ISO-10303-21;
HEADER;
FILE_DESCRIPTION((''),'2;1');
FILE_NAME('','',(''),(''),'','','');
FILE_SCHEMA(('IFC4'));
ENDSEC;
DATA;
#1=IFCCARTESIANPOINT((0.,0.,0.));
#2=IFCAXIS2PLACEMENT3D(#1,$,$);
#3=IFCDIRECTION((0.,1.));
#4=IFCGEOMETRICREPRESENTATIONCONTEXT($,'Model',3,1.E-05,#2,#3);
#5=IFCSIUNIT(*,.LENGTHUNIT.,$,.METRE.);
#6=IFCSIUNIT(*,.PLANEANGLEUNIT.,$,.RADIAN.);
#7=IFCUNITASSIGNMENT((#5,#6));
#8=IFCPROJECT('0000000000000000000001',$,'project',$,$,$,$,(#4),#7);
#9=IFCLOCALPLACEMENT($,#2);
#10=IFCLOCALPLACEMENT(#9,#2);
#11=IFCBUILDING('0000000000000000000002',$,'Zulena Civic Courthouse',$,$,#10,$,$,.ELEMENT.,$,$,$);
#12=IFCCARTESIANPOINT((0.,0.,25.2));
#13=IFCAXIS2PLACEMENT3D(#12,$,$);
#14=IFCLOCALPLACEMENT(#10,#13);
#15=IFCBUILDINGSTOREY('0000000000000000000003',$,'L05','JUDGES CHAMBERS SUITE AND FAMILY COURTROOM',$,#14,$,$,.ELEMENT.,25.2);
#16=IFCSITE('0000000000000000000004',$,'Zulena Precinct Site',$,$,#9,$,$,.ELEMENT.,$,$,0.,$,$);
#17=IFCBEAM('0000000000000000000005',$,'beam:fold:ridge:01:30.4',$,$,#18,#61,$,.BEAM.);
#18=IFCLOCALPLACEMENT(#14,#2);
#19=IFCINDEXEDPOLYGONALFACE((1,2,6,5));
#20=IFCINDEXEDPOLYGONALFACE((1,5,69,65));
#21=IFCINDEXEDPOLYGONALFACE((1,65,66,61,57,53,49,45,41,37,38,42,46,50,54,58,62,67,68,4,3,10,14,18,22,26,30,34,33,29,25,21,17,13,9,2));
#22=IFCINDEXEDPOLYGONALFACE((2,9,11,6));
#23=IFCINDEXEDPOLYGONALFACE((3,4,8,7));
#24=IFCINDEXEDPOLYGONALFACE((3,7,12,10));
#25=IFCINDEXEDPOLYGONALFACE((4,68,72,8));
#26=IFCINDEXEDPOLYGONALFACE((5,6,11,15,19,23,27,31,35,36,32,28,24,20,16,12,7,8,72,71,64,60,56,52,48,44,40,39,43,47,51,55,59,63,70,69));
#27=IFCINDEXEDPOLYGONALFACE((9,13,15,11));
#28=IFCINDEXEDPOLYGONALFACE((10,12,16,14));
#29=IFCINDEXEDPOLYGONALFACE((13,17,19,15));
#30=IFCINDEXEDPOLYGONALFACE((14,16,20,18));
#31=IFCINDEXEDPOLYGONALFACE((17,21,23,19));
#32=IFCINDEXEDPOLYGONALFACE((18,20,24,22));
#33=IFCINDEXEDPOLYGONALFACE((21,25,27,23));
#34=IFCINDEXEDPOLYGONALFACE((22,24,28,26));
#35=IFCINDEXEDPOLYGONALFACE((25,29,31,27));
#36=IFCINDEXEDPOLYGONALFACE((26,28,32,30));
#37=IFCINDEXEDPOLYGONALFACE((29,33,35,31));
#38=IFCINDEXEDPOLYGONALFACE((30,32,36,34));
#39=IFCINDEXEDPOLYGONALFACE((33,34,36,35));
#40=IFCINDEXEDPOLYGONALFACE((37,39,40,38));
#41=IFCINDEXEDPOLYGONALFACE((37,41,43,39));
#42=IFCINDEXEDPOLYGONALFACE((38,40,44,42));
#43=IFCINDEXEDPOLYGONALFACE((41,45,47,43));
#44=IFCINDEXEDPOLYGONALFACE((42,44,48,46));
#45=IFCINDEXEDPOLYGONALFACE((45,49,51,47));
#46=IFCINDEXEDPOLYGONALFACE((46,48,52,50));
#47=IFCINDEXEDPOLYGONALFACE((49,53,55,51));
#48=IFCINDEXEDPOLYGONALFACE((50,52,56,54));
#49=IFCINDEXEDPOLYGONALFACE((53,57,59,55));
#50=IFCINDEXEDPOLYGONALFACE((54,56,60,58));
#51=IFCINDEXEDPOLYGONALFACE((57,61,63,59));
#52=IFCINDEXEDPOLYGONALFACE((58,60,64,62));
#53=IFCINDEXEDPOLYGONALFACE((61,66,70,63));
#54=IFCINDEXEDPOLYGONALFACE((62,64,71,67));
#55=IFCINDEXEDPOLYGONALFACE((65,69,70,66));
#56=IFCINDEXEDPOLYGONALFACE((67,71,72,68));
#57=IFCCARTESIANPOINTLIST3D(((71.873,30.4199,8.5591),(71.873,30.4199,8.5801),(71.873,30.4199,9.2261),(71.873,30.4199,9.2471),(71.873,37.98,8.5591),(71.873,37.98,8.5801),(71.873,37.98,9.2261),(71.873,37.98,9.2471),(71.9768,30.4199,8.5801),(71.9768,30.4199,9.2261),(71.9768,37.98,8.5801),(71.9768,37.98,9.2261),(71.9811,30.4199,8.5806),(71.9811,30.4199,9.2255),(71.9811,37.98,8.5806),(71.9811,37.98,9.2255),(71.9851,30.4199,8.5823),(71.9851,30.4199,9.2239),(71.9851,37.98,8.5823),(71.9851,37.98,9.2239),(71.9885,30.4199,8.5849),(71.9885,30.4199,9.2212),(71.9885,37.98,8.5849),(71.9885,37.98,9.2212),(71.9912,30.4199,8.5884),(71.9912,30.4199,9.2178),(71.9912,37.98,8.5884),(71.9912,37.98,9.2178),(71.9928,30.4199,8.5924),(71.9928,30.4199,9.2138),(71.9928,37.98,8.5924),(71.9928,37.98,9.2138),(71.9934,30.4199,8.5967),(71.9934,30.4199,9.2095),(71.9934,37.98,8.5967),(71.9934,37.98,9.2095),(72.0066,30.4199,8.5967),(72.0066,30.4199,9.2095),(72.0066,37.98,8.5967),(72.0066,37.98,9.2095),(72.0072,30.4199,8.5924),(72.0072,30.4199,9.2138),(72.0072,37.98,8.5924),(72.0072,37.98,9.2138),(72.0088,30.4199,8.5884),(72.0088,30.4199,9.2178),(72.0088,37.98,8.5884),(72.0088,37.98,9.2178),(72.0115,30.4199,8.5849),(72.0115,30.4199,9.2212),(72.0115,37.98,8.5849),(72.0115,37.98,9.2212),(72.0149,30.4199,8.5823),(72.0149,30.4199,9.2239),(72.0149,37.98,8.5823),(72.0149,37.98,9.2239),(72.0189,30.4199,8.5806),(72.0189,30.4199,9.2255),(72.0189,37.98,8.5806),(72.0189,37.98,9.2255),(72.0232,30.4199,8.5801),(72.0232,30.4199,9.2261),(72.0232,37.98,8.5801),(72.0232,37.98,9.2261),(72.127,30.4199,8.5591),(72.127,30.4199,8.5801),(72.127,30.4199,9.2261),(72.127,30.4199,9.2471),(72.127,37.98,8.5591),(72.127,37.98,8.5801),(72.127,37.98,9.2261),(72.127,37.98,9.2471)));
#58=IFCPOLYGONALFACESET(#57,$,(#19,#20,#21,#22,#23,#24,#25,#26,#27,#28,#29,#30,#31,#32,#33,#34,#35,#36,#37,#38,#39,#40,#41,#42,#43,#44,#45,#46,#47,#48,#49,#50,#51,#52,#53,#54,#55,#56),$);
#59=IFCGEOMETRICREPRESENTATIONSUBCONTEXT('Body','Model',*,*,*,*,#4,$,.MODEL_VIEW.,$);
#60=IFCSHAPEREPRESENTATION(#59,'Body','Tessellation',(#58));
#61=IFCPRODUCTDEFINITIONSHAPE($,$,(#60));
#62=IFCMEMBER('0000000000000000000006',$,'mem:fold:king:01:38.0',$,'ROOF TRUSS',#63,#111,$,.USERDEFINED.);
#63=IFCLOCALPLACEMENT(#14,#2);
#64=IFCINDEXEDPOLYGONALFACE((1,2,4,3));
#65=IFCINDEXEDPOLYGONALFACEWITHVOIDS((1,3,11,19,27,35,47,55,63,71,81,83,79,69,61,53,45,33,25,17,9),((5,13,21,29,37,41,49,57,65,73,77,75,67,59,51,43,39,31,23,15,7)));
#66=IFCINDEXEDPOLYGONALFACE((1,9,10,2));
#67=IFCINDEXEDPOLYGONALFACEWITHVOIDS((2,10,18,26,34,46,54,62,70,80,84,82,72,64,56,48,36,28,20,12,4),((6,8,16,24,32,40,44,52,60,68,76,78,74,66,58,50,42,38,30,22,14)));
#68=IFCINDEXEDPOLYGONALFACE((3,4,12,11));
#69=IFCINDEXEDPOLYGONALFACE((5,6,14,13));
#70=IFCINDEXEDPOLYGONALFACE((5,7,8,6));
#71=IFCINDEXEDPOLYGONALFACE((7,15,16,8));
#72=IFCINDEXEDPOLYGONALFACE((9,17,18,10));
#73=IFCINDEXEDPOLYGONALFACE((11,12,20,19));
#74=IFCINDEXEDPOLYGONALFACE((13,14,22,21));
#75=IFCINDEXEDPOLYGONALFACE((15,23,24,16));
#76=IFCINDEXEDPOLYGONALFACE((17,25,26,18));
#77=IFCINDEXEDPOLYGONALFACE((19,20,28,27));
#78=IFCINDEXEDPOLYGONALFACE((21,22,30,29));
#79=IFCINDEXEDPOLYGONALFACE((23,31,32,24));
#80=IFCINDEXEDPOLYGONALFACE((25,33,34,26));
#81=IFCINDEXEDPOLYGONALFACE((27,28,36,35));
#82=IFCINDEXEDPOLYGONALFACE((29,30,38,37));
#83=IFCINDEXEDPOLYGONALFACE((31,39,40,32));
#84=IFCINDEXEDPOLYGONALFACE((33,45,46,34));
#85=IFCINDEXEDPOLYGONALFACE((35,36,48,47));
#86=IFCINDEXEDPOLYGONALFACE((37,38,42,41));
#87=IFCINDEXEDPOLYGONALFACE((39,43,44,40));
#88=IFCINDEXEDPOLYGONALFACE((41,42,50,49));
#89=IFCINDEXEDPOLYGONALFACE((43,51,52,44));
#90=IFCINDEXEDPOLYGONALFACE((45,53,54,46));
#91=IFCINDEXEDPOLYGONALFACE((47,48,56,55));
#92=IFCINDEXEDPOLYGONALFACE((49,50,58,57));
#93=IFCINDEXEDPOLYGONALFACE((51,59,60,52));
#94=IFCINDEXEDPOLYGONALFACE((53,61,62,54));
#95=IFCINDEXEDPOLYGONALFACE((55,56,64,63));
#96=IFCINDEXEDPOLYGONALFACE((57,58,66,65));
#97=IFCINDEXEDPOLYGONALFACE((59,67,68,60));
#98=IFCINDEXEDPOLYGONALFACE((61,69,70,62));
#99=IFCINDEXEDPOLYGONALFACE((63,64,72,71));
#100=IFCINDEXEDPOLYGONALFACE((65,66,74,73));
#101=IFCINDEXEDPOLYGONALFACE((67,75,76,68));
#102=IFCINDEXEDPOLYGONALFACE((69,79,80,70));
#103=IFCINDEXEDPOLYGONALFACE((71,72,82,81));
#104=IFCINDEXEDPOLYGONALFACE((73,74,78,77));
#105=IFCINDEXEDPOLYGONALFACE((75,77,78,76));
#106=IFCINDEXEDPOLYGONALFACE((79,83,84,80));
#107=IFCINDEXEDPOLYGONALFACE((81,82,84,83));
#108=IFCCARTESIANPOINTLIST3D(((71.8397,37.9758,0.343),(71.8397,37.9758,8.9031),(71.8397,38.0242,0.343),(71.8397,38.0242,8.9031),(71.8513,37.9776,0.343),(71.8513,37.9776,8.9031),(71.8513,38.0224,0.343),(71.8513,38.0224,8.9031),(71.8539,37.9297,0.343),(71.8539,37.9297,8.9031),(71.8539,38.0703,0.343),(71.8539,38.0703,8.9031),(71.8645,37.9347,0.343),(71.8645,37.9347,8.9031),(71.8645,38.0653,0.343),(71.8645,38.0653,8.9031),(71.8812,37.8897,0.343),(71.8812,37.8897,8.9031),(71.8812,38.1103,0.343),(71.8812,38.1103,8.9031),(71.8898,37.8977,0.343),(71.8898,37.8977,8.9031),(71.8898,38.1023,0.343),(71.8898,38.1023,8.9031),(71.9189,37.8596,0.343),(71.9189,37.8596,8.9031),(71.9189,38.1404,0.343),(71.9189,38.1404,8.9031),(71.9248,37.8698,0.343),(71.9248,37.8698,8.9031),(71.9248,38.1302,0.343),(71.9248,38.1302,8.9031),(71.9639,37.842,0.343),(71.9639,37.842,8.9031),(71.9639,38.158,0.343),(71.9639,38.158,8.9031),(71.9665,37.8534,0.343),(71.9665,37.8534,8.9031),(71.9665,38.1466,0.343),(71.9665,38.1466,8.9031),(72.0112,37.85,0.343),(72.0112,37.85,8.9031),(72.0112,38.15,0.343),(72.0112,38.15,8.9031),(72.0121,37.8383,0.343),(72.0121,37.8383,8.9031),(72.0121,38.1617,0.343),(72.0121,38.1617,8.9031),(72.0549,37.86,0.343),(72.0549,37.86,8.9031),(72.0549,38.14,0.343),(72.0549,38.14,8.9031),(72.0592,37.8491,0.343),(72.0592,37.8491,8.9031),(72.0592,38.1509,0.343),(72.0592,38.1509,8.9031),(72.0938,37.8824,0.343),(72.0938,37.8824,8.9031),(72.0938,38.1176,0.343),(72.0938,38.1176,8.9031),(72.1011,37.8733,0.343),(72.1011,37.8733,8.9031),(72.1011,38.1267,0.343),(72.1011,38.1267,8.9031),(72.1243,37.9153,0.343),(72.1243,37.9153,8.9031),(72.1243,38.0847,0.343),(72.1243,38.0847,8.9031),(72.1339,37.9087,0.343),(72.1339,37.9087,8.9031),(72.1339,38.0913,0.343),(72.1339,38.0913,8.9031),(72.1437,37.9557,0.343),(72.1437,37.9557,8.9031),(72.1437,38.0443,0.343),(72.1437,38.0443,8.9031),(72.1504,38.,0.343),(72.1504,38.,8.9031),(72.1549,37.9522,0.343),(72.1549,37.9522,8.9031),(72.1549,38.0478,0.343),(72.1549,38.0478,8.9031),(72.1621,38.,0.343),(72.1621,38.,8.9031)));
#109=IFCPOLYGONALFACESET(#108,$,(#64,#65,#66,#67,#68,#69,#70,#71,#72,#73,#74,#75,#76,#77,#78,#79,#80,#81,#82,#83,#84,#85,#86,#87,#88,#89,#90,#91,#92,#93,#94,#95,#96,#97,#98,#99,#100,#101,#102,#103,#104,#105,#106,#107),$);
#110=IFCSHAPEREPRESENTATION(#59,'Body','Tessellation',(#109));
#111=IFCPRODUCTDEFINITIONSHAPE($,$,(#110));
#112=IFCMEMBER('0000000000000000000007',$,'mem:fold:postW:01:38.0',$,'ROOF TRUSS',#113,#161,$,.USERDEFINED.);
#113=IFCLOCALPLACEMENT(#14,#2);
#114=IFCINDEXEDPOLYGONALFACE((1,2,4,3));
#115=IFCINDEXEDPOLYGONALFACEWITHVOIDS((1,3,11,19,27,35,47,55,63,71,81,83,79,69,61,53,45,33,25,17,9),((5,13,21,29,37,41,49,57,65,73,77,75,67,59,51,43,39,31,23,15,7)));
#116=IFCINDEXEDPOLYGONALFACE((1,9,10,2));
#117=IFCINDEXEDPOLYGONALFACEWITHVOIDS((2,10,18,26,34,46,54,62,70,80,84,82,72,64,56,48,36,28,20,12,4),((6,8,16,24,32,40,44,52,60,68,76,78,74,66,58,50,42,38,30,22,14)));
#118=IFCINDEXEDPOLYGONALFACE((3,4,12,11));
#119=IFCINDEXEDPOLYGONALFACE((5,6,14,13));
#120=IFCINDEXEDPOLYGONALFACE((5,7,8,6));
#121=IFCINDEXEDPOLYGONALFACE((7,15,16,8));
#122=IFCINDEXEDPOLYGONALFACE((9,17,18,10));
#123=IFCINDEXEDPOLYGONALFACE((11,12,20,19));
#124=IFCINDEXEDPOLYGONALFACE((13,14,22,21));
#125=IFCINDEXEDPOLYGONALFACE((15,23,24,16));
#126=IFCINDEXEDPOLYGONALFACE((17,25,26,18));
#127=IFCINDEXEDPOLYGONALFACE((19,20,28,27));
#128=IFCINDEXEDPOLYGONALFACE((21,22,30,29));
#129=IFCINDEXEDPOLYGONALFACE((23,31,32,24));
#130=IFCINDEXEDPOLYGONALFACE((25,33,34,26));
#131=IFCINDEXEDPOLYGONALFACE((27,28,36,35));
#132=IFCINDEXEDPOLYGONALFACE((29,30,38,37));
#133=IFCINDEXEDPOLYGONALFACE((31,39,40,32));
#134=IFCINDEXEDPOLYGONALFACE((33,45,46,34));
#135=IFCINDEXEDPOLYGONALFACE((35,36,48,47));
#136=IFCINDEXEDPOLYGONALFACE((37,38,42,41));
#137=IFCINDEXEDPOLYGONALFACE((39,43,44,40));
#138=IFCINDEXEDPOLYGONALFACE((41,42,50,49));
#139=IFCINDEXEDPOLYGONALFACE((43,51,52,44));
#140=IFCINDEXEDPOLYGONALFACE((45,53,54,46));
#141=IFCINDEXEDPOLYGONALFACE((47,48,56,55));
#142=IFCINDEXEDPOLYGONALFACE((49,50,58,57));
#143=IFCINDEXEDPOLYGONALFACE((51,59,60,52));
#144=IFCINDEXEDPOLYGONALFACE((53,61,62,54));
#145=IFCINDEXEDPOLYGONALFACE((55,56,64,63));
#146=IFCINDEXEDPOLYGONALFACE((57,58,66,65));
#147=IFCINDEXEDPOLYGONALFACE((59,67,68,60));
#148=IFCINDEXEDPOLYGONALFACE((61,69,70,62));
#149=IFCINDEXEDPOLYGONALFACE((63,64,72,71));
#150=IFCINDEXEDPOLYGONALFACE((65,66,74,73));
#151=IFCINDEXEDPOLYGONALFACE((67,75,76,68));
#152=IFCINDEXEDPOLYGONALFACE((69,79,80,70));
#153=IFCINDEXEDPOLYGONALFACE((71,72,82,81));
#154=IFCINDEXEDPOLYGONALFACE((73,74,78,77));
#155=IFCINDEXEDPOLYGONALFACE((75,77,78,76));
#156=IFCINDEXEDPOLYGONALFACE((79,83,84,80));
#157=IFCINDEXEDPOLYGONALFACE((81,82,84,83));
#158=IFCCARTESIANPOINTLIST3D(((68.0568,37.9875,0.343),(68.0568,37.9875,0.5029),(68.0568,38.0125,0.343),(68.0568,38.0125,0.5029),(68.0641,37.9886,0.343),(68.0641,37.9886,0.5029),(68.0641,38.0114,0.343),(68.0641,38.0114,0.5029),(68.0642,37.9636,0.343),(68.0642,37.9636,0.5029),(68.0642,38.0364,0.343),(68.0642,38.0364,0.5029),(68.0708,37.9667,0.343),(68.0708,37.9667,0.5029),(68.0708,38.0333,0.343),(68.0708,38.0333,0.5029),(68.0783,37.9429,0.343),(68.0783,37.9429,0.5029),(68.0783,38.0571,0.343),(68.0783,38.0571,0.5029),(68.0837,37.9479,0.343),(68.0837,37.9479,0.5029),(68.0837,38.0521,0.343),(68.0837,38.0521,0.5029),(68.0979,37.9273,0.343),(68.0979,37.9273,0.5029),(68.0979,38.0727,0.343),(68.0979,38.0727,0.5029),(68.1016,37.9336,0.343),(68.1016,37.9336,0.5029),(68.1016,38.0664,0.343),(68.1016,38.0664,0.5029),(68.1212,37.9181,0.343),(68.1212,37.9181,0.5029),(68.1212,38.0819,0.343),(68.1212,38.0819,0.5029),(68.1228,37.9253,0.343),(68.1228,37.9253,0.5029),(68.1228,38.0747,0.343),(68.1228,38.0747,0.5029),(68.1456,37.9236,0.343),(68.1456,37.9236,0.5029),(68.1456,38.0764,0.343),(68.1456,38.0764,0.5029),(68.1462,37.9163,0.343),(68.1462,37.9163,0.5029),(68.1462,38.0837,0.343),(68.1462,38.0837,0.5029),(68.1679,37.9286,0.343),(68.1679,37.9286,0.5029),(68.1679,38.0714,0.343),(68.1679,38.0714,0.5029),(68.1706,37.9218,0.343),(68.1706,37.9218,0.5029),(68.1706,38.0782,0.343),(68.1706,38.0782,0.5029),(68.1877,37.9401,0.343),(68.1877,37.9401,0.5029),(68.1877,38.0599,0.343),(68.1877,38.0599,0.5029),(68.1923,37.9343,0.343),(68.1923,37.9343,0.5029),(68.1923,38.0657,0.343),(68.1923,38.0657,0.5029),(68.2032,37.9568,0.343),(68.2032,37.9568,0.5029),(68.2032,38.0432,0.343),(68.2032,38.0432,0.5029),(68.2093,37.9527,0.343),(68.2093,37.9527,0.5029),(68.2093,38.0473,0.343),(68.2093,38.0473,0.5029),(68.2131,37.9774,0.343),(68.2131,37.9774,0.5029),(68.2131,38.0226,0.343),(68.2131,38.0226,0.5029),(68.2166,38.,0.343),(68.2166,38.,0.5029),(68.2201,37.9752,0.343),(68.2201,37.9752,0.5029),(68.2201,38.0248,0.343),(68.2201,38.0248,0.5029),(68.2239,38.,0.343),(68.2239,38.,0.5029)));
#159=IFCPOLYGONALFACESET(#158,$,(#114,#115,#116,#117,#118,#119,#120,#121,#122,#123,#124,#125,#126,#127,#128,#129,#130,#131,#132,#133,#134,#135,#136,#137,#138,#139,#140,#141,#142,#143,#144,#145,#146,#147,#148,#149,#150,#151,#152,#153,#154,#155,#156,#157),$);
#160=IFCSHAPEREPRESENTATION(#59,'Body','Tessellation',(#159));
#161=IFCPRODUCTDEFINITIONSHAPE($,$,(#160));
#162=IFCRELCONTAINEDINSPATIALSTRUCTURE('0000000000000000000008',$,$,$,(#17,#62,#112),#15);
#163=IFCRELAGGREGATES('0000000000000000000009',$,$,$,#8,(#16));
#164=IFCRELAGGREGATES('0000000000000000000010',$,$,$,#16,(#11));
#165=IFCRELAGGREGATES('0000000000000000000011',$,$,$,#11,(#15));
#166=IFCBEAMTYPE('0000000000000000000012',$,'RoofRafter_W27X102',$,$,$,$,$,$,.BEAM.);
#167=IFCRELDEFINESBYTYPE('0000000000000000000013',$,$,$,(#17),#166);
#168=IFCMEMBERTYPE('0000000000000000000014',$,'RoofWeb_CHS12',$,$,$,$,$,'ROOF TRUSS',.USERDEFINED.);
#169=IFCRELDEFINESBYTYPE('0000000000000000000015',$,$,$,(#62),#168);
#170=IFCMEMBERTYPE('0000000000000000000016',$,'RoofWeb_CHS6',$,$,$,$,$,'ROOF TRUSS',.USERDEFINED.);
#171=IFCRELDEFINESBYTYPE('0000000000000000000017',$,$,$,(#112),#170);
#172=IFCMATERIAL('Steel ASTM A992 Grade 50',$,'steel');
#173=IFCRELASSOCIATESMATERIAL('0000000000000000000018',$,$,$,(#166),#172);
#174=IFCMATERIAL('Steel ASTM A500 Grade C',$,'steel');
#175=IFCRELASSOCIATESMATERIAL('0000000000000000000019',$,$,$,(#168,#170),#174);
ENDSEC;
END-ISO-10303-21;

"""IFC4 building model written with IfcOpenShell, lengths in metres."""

from ifc_helpers import new_model, si_unit, direction, frame, origin, origin_2d, place, context, subcontext, project, spatial, hollow_circle, i_section, extrude, material, material_profile, profile_set, type_object, element, save


model = new_model("IFC4")

# Units and contexts
model_context = context("Model", 3, precision=1e-05, world=origin(), true_north=direction((0.0, 1.0)))
body_context = subcontext(model_context, "Body", "Model", "MODEL_VIEW")
ifc_project = project(units=[si_unit("LENGTHUNIT", "METRE"), si_unit("PLANEANGLEUNIT", "RADIAN")], contexts=[model_context])

# Site, building, storey
site_placement = place(None, origin())
site = spatial("IfcSite", under=ifc_project, at=site_placement, Name="Zulena Precinct Site", CompositionType="ELEMENT", RefElevation=0.0)
building_placement = place(site_placement, origin())
building = spatial("IfcBuilding", under=site, at=building_placement, Name="Zulena Civic Courthouse", CompositionType="ELEMENT")
storey_placement = place(building_placement, frame((0.0, 0.0, 25.2)))
storey = spatial("IfcBuildingStorey", under=building, at=storey_placement, Name="L05", Description="JUDGES CHAMBERS SUITE AND FAMILY COURTROOM", CompositionType="ELEMENT", Elevation=25.2)

# Shared definitions
ifc_material_1 = material(Name="Steel ASTM A992 Grade 50", Category="steel")

# Beam
ifc_material_profile_1 = material_profile(ifc_material_1, i_section(OverallWidth=0.2539, OverallDepth=0.688, WebThickness=0.0132, FlangeThickness=0.021, FilletRadius=0.0166, at=origin_2d()), Name="W27X102")
ifc_profile_set_1 = profile_set([ifc_material_profile_1], Name="Steel ASTM A992 Grade 50")
beam_type_1 = type_object("IfcBeamType", Name="RoofRafter_W27X102", PredefinedType="BEAM", material=ifc_profile_set_1)
beam_1_placement = place(storey_placement, frame((72.0, 30.4199, 8.9031), z_axis=(0.0, 1.0, 0.0), x_axis=(-1.0, 0.0, 0.0)))
element("IfcBeam", 1, at=beam_1_placement, inside=storey, type_object=beam_type_1, Name="beam:fold:ridge:01:30.4", PredefinedType="BEAM", context=body_context, shape_type="SweptSolid", body=[
    extrude(i_section(OverallWidth=0.2539, OverallDepth=0.688, WebThickness=0.0132, FlangeThickness=0.021, FilletRadius=0.0166, at=origin_2d()), origin(), (0.0, 0.0, 1.0), 7.5601),
])

# Members
ifc_material_2 = material(Name="Steel ASTM A500 Grade C", Category="steel")
ifc_material_profile_2 = material_profile(ifc_material_2, hollow_circle(Radius=0.1621, WallThickness=0.0117, at=origin_2d()), Name="HSS12.750X0.500")
ifc_profile_set_2 = profile_set([ifc_material_profile_2], Name="Steel ASTM A500 Grade C")
member_type_1 = type_object("IfcMemberType", Name="RoofWeb_CHS12", ElementType="ROOF TRUSS", PredefinedType="USERDEFINED", material=ifc_profile_set_2)
member_placement = place(storey_placement, frame((72.0, 38.0, 0.343), z_axis=(0.0, 0.0, 1.0), x_axis=(1.0, 0.0, 0.0)))
element("IfcMember", 2, at=member_placement, inside=storey, type_object=member_type_1, Name="mem:fold:king:01:38.0", ObjectType="ROOF TRUSS", PredefinedType="USERDEFINED", context=body_context, shape_type="SweptSolid", body=[
    extrude(hollow_circle(Radius=0.1621, WallThickness=0.0117, at=origin_2d()), origin(), (0.0, 0.0, 1.0), 8.5601),
])
ifc_material_profile_3 = material_profile(ifc_material_2, hollow_circle(Radius=0.084, WallThickness=0.0073, at=origin_2d()), Name="HSS6.625X0.312")
ifc_profile_set_3 = profile_set([ifc_material_profile_3], Name="Steel ASTM A500 Grade C")
member_type_2 = type_object("IfcMemberType", Name="RoofWeb_CHS6", ElementType="ROOF TRUSS", PredefinedType="USERDEFINED", material=ifc_profile_set_3)
for number, where, z_axis, x_axis, name in (
    (3, (68.1399, 38.0, 0.343), (0.0, 0.0, 1.0), (1.0, 0.0, 0.0), "mem:fold:postW:01:38.0"),
):
    element("IfcMember", number, at=place(storey_placement, frame(where, z_axis=z_axis, x_axis=x_axis)), inside=storey, type_object=member_type_2, Name=name, ObjectType="ROOF TRUSS", PredefinedType="USERDEFINED", context=body_context, shape_type="SweptSolid", body=[
        extrude(hollow_circle(Radius=0.084, WallThickness=0.0073, at=origin_2d()), origin(), (0.0, 0.0, 1.0), 0.1599),
    ])

save(model, "model.ifc")
